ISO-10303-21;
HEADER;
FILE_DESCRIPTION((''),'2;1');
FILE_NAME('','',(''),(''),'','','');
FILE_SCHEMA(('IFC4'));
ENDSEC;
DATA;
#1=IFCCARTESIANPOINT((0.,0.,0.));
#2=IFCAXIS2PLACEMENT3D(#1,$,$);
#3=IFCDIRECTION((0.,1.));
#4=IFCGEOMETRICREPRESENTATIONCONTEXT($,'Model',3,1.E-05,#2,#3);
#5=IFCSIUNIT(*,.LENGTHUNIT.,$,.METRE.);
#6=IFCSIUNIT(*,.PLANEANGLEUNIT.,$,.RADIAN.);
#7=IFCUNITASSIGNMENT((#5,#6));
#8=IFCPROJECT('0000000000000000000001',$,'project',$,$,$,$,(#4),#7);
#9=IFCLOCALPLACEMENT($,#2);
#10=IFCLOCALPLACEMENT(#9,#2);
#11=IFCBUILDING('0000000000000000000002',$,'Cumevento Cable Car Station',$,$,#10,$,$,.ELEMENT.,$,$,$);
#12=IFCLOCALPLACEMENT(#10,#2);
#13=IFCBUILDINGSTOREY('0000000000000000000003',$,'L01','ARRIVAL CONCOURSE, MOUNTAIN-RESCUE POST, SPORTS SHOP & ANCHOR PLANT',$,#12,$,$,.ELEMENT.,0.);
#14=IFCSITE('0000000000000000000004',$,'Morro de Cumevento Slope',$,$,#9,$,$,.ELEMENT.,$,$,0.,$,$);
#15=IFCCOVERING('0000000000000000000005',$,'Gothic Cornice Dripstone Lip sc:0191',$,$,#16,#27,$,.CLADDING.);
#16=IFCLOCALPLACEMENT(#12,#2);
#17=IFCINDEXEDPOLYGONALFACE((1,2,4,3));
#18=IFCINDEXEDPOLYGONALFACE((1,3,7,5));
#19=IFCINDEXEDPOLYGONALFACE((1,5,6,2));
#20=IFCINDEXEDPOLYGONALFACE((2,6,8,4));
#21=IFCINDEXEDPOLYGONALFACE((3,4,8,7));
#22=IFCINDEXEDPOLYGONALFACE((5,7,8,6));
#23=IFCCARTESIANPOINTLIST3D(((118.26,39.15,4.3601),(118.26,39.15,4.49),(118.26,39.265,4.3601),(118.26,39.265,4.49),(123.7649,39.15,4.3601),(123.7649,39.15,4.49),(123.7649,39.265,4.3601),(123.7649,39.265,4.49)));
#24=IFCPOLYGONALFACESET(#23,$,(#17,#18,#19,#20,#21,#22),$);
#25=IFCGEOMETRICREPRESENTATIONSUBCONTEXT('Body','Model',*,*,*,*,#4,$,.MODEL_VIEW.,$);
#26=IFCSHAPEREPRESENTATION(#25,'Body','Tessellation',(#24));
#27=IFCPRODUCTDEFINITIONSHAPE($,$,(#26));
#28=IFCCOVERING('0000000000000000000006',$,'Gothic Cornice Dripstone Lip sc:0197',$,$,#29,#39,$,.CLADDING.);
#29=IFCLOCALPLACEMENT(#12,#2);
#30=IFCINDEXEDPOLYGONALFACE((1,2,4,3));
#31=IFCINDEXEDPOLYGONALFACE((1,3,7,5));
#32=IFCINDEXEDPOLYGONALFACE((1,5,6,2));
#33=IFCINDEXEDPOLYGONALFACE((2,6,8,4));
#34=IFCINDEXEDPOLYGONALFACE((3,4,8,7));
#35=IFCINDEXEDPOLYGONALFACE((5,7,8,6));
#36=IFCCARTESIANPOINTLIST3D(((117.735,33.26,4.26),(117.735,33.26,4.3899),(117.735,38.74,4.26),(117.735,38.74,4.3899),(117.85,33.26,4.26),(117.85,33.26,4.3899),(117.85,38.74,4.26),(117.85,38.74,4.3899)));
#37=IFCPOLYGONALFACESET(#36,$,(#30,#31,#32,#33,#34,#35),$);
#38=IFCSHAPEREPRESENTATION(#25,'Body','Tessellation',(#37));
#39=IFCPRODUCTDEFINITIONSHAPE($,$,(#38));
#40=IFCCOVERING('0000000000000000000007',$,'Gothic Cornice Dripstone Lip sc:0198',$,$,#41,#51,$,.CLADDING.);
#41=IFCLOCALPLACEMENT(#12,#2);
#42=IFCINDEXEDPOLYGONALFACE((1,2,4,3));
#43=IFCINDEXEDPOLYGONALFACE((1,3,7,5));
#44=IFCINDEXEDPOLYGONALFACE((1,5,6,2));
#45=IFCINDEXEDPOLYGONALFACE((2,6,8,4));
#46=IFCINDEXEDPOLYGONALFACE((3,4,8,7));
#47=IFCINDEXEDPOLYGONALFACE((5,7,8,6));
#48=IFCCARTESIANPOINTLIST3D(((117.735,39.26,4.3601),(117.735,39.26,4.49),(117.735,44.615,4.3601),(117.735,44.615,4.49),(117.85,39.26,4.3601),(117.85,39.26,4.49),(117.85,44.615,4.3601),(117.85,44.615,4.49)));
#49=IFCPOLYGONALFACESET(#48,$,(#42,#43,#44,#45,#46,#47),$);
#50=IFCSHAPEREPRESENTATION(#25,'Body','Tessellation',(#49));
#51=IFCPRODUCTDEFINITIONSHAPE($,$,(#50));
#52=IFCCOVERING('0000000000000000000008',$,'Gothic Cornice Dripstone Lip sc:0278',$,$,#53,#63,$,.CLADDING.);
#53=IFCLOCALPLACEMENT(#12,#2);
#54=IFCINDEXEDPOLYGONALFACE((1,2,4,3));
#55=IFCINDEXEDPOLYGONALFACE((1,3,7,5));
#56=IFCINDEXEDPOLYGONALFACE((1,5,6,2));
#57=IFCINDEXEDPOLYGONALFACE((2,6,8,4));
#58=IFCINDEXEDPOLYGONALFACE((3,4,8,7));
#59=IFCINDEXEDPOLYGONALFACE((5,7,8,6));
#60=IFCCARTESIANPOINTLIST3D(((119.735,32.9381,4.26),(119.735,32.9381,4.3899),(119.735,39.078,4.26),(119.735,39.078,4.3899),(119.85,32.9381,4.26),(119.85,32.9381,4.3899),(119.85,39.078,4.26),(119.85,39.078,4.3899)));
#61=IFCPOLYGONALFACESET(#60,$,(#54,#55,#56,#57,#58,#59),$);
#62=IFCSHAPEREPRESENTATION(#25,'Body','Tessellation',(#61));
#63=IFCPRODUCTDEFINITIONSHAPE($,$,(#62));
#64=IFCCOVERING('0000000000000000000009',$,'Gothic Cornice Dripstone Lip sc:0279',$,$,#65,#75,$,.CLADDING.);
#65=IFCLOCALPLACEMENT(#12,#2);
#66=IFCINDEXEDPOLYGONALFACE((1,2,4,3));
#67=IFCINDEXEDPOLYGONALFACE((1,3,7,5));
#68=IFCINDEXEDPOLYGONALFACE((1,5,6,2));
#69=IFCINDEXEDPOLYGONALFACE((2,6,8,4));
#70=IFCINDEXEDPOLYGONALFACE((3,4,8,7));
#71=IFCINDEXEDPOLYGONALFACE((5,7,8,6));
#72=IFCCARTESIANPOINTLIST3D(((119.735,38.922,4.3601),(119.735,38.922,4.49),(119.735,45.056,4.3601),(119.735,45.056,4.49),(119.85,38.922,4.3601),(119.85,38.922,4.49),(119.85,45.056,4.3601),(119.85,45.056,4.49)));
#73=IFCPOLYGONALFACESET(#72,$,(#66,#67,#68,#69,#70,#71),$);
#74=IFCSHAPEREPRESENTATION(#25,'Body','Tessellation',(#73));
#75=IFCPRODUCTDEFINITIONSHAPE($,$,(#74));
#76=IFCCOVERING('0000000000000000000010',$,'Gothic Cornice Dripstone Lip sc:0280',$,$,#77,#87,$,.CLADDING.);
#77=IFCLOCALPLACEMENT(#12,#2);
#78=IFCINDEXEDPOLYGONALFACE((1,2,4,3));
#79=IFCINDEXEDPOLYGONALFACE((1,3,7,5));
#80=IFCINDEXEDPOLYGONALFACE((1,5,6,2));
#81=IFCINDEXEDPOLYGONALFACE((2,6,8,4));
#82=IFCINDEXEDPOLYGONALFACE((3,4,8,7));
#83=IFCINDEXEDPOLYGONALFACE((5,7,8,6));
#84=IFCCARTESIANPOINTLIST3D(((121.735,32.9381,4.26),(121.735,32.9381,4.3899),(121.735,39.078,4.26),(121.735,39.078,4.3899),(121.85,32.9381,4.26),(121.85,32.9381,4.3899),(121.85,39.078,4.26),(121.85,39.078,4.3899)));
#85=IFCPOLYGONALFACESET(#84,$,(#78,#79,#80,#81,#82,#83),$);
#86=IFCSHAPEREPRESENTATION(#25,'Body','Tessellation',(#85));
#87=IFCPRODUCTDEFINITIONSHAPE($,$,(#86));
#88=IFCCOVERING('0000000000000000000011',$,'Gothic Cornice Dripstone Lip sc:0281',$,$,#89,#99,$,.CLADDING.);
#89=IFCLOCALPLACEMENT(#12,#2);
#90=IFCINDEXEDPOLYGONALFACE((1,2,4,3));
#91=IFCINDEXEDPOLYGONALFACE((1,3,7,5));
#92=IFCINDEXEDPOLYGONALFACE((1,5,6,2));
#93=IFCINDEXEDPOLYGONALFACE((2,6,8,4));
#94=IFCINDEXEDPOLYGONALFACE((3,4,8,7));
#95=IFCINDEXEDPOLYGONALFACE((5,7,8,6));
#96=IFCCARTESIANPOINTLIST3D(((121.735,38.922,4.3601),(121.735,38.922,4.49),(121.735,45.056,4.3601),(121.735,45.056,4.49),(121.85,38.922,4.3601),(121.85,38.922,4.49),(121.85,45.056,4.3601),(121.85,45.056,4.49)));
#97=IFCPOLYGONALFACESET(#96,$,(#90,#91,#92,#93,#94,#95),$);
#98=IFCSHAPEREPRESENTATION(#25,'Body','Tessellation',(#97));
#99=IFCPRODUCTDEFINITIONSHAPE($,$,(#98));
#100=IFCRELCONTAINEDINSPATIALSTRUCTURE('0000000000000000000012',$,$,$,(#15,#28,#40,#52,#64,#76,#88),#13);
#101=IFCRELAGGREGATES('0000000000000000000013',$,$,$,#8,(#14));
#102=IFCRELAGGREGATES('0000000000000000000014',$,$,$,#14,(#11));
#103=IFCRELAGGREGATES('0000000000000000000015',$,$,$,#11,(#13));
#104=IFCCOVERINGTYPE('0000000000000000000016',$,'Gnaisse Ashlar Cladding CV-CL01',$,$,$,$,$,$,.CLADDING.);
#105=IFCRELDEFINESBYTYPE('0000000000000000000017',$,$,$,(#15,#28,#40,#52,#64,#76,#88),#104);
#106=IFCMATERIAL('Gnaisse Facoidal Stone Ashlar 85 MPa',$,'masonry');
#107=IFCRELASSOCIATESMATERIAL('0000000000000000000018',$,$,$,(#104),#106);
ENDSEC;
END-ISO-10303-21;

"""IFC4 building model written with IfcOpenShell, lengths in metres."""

from ifc_helpers import new_model, si_unit, direction, frame, origin, origin_2d, place, context, subcontext, project, spatial, rectangle, extrude, material, type_object, element, save


model = new_model("IFC4")

# Units and contexts
model_context = context("Model", 3, precision=1e-05, world=origin(), true_north=direction((0.0, 1.0)))
body_context = subcontext(model_context, "Body", "Model", "MODEL_VIEW")
ifc_project = project(units=[si_unit("LENGTHUNIT", "METRE"), si_unit("PLANEANGLEUNIT", "RADIAN")], contexts=[model_context])

# Site, building, storey
site_placement = place(None, origin())
site = spatial("IfcSite", under=ifc_project, at=site_placement, Name="Morro de Cumevento Slope", CompositionType="ELEMENT", RefElevation=0.0)
building_placement = place(site_placement, origin())
building = spatial("IfcBuilding", under=site, at=building_placement, Name="Cumevento Cable Car Station", CompositionType="ELEMENT")
storey_placement = place(building_placement, origin())
storey = spatial("IfcBuildingStorey", under=building, at=storey_placement, Name="L01", Description="ARRIVAL CONCOURSE, MOUNTAIN-RESCUE POST, SPORTS SHOP & ANCHOR PLANT", CompositionType="ELEMENT", Elevation=0.0)

# Coverings
ifc_material = material(Name="Gnaisse Facoidal Stone Ashlar 85 MPa", Category="masonry")
covering_type = type_object("IfcCoveringType", Name="Gnaisse Ashlar Cladding CV-CL01", PredefinedType="CLADDING", material=ifc_material)
covering_1_placement = place(storey_placement, frame((121.0125, 39.2075, 4.3601), z_axis=(0.0, 0.0, 1.0), x_axis=(1.0, 0.0, 0.0)))
element("IfcCovering", 1, at=covering_1_placement, inside=storey, type_object=covering_type, Name="Gothic Cornice Dripstone Lip sc:0191", PredefinedType="CLADDING", context=body_context, shape_type="SweptSolid", body=[
    extrude(rectangle(XDim=5.5049, YDim=0.115, at=origin_2d()), origin(), (0.0, 0.0, 1.0), 0.1299),
])
covering_2_placement = place(storey_placement, frame((117.7925, 36.0, 4.26), z_axis=(0.0, 0.0, 1.0), x_axis=(0.0, 1.0, 0.0)))
element("IfcCovering", 2, at=covering_2_placement, inside=storey, type_object=covering_type, Name="Gothic Cornice Dripstone Lip sc:0197", PredefinedType="CLADDING", context=body_context, shape_type="SweptSolid", body=[
    extrude(rectangle(XDim=5.48, YDim=0.115, at=origin_2d()), origin(), (0.0, 0.0, 1.0), 0.1299),
])
covering_3_placement = place(storey_placement, frame((117.7925, 41.9375, 4.3601), z_axis=(0.0, 0.0, 1.0), x_axis=(0.0, 1.0, 0.0)))
element("IfcCovering", 3, at=covering_3_placement, inside=storey, type_object=covering_type, Name="Gothic Cornice Dripstone Lip sc:0198", PredefinedType="CLADDING", context=body_context, shape_type="SweptSolid", body=[
    extrude(rectangle(XDim=5.355, YDim=0.115, at=origin_2d()), origin(), (0.0, 0.0, 1.0), 0.1299),
])
covering_4_placement = place(storey_placement, frame((119.7925, 36.0081, 4.26), z_axis=(0.0, 0.0, 1.0), x_axis=(0.0, 1.0, 0.0)))
element("IfcCovering", 4, at=covering_4_placement, inside=storey, type_object=covering_type, Name="Gothic Cornice Dripstone Lip sc:0278", PredefinedType="CLADDING", context=body_context, shape_type="SweptSolid", body=[
    extrude(rectangle(XDim=6.1399, YDim=0.115, at=origin_2d()), origin(), (0.0, 0.0, 1.0), 0.1299),
])
covering_5_placement = place(storey_placement, frame((119.7925, 41.989, 4.3601), z_axis=(0.0, 0.0, 1.0), x_axis=(0.0, 1.0, 0.0)))
element("IfcCovering", 5, at=covering_5_placement, inside=storey, type_object=covering_type, Name="Gothic Cornice Dripstone Lip sc:0279", PredefinedType="CLADDING", context=body_context, shape_type="SweptSolid", body=[
    extrude(rectangle(XDim=6.134, YDim=0.115, at=origin_2d()), origin(), (0.0, 0.0, 1.0), 0.1299),
])
covering_6_placement = place(storey_placement, frame((121.7925, 36.0081, 4.26), z_axis=(0.0, 0.0, 1.0), x_axis=(0.0, 1.0, 0.0)))
element("IfcCovering", 6, at=covering_6_placement, inside=storey, type_object=covering_type, Name="Gothic Cornice Dripstone Lip sc:0280", PredefinedType="CLADDING", context=body_context, shape_type="SweptSolid", body=[
    extrude(rectangle(XDim=6.1399, YDim=0.115, at=origin_2d()), origin(), (0.0, 0.0, 1.0), 0.1299),
])
covering_7_placement = place(storey_placement, frame((121.7925, 41.989, 4.3601), z_axis=(0.0, 0.0, 1.0), x_axis=(0.0, 1.0, 0.0)))
element("IfcCovering", 7, at=covering_7_placement, inside=storey, type_object=covering_type, Name="Gothic Cornice Dripstone Lip sc:0281", PredefinedType="CLADDING", context=body_context, shape_type="SweptSolid", body=[
    extrude(rectangle(XDim=6.134, YDim=0.115, at=origin_2d()), origin(), (0.0, 0.0, 1.0), 0.1299),
])

save(model, "model.ifc")
